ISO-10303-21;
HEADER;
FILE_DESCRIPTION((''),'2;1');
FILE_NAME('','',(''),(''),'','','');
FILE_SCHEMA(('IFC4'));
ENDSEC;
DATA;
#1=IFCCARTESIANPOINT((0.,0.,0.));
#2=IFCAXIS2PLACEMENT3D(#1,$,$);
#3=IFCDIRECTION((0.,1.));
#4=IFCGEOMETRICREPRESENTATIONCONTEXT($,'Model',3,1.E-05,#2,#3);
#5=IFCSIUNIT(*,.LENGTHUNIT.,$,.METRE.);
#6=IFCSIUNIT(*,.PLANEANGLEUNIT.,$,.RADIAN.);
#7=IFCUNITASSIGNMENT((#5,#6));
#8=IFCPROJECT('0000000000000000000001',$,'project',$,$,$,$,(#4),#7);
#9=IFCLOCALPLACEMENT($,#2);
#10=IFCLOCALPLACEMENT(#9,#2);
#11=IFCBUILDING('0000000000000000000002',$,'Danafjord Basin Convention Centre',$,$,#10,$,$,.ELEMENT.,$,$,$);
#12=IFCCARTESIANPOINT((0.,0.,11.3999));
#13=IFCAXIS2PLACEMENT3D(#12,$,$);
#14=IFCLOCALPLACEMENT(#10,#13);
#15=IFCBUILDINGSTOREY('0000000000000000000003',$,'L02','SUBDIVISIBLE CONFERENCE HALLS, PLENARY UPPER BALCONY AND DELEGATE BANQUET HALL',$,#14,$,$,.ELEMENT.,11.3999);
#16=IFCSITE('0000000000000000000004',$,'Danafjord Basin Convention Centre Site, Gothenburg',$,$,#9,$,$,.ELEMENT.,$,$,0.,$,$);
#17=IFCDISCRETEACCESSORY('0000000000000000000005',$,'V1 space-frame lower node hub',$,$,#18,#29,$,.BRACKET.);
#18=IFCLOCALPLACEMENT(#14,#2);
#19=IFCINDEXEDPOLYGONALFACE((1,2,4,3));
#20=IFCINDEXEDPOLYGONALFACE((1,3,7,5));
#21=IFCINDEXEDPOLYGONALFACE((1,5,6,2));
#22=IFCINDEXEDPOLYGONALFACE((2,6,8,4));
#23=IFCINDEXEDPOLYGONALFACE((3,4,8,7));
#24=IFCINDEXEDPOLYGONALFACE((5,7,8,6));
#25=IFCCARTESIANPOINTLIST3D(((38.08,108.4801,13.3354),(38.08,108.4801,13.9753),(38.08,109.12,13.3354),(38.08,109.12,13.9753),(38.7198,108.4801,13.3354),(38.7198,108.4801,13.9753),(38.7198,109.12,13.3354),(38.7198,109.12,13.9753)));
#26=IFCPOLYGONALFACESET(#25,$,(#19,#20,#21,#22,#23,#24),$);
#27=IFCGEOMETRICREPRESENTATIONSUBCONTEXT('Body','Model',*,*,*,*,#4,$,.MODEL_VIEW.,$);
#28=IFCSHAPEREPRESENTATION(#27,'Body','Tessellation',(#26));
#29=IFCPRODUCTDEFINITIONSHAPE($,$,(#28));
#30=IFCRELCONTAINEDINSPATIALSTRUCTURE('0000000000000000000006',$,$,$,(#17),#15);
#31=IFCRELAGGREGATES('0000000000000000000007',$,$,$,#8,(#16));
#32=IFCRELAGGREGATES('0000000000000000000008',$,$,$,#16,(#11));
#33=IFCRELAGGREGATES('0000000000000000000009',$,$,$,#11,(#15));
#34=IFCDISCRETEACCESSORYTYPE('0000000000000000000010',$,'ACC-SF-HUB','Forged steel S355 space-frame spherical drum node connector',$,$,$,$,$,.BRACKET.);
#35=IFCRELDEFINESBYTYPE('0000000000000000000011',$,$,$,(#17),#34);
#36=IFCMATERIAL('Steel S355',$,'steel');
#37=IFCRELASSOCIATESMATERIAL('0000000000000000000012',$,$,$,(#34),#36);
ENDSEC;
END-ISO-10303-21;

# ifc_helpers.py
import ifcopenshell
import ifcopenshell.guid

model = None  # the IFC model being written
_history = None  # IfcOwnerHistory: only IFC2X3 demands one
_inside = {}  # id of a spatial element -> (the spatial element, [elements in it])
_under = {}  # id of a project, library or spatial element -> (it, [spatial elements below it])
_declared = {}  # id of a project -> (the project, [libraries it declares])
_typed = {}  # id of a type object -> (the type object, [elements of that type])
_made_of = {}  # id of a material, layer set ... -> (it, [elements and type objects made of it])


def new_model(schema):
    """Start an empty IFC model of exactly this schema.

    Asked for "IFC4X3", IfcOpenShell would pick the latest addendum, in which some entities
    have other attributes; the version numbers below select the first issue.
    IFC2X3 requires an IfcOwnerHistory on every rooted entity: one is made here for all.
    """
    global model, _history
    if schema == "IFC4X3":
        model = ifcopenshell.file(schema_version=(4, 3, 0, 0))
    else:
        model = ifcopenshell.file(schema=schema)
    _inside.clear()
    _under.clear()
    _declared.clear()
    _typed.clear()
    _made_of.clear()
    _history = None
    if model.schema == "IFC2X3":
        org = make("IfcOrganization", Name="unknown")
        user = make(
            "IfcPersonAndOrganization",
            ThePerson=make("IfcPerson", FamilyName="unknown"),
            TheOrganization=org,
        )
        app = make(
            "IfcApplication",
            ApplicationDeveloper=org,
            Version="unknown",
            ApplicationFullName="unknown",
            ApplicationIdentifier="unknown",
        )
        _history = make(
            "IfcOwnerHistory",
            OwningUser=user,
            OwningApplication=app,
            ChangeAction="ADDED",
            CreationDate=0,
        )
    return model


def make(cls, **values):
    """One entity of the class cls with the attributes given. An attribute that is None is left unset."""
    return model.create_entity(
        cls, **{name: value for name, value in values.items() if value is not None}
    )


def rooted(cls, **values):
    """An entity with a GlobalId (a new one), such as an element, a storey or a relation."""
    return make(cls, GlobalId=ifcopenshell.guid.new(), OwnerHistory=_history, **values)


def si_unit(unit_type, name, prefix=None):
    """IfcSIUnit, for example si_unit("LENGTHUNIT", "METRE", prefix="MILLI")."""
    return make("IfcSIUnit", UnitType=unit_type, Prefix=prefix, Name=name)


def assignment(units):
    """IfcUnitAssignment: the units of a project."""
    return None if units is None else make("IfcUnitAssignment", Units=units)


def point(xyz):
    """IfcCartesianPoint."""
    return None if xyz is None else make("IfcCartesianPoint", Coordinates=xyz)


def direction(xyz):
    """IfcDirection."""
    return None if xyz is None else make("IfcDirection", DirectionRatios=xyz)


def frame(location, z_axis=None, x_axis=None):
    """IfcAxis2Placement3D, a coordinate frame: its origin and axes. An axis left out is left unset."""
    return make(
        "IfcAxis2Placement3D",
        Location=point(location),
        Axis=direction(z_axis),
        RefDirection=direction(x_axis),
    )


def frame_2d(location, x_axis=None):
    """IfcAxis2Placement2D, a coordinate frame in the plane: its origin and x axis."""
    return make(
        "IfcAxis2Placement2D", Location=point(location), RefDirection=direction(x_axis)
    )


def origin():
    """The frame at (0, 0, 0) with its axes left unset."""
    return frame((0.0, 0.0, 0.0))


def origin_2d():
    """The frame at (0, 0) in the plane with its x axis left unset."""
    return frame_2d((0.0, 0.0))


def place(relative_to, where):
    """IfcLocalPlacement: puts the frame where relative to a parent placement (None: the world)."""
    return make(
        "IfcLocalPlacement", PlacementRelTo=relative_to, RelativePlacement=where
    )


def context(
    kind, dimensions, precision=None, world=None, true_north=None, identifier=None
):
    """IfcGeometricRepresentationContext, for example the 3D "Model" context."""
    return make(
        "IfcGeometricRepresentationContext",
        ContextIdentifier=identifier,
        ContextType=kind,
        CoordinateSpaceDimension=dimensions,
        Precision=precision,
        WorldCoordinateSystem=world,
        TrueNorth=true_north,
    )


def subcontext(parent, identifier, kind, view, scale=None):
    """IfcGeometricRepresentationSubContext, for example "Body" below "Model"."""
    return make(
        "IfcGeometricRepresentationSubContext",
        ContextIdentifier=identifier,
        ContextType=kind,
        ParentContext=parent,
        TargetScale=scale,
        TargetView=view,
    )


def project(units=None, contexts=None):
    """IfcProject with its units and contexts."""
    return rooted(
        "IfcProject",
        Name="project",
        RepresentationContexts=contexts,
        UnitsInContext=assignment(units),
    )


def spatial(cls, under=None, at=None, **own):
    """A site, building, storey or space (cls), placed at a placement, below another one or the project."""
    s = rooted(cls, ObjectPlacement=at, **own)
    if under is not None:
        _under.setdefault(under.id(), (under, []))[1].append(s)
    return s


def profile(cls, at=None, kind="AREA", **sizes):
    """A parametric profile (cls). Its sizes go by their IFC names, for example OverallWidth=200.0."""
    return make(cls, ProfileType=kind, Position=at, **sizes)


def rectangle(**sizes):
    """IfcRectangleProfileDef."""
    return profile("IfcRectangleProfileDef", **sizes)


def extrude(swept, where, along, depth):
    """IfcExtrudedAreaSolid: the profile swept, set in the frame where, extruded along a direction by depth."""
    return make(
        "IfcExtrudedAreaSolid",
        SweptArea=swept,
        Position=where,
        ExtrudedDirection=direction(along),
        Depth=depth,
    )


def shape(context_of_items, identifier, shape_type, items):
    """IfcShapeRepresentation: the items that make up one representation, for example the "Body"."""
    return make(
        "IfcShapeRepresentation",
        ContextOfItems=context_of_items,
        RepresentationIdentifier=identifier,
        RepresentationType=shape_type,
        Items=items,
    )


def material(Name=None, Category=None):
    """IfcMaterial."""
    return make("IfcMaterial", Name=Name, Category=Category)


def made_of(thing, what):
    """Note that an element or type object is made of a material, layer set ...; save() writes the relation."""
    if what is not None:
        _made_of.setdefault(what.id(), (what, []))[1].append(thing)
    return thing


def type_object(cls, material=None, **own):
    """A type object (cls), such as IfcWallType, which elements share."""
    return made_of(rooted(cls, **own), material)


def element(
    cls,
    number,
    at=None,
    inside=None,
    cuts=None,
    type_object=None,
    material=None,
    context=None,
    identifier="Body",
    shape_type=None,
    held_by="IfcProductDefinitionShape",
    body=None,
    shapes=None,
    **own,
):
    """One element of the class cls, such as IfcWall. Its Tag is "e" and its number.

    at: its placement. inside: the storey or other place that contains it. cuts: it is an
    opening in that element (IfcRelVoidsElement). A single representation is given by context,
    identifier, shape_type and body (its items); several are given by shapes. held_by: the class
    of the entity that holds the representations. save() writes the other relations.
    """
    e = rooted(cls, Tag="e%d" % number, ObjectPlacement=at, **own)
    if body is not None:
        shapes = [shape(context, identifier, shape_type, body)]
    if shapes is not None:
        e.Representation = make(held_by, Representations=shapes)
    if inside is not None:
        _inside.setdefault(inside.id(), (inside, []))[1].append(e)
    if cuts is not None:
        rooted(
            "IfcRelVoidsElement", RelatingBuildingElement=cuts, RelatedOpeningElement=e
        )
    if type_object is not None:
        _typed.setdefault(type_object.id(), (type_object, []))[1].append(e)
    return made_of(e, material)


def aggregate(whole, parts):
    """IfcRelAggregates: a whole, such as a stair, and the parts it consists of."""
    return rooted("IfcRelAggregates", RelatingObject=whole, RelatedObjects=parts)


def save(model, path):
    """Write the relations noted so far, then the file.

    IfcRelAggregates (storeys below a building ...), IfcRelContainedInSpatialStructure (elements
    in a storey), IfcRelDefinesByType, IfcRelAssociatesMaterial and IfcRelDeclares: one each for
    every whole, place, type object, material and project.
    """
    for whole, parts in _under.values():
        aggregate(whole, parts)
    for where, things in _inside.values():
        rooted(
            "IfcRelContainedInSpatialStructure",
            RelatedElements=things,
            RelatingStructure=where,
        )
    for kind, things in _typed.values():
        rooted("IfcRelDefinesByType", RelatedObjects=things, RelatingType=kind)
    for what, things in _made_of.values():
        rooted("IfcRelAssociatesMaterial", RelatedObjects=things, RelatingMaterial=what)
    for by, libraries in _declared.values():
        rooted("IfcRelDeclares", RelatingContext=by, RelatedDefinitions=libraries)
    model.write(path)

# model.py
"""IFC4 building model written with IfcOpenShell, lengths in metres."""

from ifc_helpers import new_model, si_unit, direction, frame, origin, origin_2d, place, context, subcontext, project, spatial, rectangle, extrude, material, type_object, element, save


model = new_model("IFC4")

# Units and contexts
model_context = context("Model", 3, precision=1e-05, world=origin(), true_north=direction((0.0, 1.0)))
body_context = subcontext(model_context, "Body", "Model", "MODEL_VIEW")
ifc_project = project(units=[si_unit("LENGTHUNIT", "METRE"), si_unit("PLANEANGLEUNIT", "RADIAN")], contexts=[model_context])

# Site, building, storey
site_placement = place(None, origin())
site = spatial("IfcSite", under=ifc_project, at=site_placement, Name="Danafjord Basin Convention Centre Site, Gothenburg", CompositionType="ELEMENT", RefElevation=0.0)
building_placement = place(site_placement, origin())
building = spatial("IfcBuilding", under=site, at=building_placement, Name="Danafjord Basin Convention Centre", CompositionType="ELEMENT")
storey_placement = place(building_placement, frame((0.0, 0.0, 11.3999)))
storey = spatial("IfcBuildingStorey", under=building, at=storey_placement, Name="L02", Description="SUBDIVISIBLE CONFERENCE HALLS, PLENARY UPPER BALCONY AND DELEGATE BANQUET HALL", CompositionType="ELEMENT", Elevation=11.3999)

# Shared definitions
ifc_material = material(Name="Steel S355", Category="steel")

# Discrete accessory
discrete_accessory_type = type_object("IfcDiscreteAccessoryType", Name="ACC-SF-HUB", Description="Forged steel S355 space-frame spherical drum node connector", PredefinedType="BRACKET", material=ifc_material)
for number, where, z_axis, x_axis, name in (
    (1, (38.3999, 108.8, 13.3354), (0.0, 0.0, 1.0), (1.0, 0.0, 0.0), "V1 space-frame lower node hub"),
):
    element("IfcDiscreteAccessory", number, at=place(storey_placement, frame(where, z_axis=z_axis, x_axis=x_axis)), inside=storey, type_object=discrete_accessory_type, Name=name, PredefinedType="BRACKET", context=body_context, shape_type="SweptSolid", body=[
        extrude(rectangle(XDim=0.6399, YDim=0.6399, at=origin_2d()), origin(), (0.0, 0.0, 1.0), 0.6399),
    ])

save(model, "model.ifc")
